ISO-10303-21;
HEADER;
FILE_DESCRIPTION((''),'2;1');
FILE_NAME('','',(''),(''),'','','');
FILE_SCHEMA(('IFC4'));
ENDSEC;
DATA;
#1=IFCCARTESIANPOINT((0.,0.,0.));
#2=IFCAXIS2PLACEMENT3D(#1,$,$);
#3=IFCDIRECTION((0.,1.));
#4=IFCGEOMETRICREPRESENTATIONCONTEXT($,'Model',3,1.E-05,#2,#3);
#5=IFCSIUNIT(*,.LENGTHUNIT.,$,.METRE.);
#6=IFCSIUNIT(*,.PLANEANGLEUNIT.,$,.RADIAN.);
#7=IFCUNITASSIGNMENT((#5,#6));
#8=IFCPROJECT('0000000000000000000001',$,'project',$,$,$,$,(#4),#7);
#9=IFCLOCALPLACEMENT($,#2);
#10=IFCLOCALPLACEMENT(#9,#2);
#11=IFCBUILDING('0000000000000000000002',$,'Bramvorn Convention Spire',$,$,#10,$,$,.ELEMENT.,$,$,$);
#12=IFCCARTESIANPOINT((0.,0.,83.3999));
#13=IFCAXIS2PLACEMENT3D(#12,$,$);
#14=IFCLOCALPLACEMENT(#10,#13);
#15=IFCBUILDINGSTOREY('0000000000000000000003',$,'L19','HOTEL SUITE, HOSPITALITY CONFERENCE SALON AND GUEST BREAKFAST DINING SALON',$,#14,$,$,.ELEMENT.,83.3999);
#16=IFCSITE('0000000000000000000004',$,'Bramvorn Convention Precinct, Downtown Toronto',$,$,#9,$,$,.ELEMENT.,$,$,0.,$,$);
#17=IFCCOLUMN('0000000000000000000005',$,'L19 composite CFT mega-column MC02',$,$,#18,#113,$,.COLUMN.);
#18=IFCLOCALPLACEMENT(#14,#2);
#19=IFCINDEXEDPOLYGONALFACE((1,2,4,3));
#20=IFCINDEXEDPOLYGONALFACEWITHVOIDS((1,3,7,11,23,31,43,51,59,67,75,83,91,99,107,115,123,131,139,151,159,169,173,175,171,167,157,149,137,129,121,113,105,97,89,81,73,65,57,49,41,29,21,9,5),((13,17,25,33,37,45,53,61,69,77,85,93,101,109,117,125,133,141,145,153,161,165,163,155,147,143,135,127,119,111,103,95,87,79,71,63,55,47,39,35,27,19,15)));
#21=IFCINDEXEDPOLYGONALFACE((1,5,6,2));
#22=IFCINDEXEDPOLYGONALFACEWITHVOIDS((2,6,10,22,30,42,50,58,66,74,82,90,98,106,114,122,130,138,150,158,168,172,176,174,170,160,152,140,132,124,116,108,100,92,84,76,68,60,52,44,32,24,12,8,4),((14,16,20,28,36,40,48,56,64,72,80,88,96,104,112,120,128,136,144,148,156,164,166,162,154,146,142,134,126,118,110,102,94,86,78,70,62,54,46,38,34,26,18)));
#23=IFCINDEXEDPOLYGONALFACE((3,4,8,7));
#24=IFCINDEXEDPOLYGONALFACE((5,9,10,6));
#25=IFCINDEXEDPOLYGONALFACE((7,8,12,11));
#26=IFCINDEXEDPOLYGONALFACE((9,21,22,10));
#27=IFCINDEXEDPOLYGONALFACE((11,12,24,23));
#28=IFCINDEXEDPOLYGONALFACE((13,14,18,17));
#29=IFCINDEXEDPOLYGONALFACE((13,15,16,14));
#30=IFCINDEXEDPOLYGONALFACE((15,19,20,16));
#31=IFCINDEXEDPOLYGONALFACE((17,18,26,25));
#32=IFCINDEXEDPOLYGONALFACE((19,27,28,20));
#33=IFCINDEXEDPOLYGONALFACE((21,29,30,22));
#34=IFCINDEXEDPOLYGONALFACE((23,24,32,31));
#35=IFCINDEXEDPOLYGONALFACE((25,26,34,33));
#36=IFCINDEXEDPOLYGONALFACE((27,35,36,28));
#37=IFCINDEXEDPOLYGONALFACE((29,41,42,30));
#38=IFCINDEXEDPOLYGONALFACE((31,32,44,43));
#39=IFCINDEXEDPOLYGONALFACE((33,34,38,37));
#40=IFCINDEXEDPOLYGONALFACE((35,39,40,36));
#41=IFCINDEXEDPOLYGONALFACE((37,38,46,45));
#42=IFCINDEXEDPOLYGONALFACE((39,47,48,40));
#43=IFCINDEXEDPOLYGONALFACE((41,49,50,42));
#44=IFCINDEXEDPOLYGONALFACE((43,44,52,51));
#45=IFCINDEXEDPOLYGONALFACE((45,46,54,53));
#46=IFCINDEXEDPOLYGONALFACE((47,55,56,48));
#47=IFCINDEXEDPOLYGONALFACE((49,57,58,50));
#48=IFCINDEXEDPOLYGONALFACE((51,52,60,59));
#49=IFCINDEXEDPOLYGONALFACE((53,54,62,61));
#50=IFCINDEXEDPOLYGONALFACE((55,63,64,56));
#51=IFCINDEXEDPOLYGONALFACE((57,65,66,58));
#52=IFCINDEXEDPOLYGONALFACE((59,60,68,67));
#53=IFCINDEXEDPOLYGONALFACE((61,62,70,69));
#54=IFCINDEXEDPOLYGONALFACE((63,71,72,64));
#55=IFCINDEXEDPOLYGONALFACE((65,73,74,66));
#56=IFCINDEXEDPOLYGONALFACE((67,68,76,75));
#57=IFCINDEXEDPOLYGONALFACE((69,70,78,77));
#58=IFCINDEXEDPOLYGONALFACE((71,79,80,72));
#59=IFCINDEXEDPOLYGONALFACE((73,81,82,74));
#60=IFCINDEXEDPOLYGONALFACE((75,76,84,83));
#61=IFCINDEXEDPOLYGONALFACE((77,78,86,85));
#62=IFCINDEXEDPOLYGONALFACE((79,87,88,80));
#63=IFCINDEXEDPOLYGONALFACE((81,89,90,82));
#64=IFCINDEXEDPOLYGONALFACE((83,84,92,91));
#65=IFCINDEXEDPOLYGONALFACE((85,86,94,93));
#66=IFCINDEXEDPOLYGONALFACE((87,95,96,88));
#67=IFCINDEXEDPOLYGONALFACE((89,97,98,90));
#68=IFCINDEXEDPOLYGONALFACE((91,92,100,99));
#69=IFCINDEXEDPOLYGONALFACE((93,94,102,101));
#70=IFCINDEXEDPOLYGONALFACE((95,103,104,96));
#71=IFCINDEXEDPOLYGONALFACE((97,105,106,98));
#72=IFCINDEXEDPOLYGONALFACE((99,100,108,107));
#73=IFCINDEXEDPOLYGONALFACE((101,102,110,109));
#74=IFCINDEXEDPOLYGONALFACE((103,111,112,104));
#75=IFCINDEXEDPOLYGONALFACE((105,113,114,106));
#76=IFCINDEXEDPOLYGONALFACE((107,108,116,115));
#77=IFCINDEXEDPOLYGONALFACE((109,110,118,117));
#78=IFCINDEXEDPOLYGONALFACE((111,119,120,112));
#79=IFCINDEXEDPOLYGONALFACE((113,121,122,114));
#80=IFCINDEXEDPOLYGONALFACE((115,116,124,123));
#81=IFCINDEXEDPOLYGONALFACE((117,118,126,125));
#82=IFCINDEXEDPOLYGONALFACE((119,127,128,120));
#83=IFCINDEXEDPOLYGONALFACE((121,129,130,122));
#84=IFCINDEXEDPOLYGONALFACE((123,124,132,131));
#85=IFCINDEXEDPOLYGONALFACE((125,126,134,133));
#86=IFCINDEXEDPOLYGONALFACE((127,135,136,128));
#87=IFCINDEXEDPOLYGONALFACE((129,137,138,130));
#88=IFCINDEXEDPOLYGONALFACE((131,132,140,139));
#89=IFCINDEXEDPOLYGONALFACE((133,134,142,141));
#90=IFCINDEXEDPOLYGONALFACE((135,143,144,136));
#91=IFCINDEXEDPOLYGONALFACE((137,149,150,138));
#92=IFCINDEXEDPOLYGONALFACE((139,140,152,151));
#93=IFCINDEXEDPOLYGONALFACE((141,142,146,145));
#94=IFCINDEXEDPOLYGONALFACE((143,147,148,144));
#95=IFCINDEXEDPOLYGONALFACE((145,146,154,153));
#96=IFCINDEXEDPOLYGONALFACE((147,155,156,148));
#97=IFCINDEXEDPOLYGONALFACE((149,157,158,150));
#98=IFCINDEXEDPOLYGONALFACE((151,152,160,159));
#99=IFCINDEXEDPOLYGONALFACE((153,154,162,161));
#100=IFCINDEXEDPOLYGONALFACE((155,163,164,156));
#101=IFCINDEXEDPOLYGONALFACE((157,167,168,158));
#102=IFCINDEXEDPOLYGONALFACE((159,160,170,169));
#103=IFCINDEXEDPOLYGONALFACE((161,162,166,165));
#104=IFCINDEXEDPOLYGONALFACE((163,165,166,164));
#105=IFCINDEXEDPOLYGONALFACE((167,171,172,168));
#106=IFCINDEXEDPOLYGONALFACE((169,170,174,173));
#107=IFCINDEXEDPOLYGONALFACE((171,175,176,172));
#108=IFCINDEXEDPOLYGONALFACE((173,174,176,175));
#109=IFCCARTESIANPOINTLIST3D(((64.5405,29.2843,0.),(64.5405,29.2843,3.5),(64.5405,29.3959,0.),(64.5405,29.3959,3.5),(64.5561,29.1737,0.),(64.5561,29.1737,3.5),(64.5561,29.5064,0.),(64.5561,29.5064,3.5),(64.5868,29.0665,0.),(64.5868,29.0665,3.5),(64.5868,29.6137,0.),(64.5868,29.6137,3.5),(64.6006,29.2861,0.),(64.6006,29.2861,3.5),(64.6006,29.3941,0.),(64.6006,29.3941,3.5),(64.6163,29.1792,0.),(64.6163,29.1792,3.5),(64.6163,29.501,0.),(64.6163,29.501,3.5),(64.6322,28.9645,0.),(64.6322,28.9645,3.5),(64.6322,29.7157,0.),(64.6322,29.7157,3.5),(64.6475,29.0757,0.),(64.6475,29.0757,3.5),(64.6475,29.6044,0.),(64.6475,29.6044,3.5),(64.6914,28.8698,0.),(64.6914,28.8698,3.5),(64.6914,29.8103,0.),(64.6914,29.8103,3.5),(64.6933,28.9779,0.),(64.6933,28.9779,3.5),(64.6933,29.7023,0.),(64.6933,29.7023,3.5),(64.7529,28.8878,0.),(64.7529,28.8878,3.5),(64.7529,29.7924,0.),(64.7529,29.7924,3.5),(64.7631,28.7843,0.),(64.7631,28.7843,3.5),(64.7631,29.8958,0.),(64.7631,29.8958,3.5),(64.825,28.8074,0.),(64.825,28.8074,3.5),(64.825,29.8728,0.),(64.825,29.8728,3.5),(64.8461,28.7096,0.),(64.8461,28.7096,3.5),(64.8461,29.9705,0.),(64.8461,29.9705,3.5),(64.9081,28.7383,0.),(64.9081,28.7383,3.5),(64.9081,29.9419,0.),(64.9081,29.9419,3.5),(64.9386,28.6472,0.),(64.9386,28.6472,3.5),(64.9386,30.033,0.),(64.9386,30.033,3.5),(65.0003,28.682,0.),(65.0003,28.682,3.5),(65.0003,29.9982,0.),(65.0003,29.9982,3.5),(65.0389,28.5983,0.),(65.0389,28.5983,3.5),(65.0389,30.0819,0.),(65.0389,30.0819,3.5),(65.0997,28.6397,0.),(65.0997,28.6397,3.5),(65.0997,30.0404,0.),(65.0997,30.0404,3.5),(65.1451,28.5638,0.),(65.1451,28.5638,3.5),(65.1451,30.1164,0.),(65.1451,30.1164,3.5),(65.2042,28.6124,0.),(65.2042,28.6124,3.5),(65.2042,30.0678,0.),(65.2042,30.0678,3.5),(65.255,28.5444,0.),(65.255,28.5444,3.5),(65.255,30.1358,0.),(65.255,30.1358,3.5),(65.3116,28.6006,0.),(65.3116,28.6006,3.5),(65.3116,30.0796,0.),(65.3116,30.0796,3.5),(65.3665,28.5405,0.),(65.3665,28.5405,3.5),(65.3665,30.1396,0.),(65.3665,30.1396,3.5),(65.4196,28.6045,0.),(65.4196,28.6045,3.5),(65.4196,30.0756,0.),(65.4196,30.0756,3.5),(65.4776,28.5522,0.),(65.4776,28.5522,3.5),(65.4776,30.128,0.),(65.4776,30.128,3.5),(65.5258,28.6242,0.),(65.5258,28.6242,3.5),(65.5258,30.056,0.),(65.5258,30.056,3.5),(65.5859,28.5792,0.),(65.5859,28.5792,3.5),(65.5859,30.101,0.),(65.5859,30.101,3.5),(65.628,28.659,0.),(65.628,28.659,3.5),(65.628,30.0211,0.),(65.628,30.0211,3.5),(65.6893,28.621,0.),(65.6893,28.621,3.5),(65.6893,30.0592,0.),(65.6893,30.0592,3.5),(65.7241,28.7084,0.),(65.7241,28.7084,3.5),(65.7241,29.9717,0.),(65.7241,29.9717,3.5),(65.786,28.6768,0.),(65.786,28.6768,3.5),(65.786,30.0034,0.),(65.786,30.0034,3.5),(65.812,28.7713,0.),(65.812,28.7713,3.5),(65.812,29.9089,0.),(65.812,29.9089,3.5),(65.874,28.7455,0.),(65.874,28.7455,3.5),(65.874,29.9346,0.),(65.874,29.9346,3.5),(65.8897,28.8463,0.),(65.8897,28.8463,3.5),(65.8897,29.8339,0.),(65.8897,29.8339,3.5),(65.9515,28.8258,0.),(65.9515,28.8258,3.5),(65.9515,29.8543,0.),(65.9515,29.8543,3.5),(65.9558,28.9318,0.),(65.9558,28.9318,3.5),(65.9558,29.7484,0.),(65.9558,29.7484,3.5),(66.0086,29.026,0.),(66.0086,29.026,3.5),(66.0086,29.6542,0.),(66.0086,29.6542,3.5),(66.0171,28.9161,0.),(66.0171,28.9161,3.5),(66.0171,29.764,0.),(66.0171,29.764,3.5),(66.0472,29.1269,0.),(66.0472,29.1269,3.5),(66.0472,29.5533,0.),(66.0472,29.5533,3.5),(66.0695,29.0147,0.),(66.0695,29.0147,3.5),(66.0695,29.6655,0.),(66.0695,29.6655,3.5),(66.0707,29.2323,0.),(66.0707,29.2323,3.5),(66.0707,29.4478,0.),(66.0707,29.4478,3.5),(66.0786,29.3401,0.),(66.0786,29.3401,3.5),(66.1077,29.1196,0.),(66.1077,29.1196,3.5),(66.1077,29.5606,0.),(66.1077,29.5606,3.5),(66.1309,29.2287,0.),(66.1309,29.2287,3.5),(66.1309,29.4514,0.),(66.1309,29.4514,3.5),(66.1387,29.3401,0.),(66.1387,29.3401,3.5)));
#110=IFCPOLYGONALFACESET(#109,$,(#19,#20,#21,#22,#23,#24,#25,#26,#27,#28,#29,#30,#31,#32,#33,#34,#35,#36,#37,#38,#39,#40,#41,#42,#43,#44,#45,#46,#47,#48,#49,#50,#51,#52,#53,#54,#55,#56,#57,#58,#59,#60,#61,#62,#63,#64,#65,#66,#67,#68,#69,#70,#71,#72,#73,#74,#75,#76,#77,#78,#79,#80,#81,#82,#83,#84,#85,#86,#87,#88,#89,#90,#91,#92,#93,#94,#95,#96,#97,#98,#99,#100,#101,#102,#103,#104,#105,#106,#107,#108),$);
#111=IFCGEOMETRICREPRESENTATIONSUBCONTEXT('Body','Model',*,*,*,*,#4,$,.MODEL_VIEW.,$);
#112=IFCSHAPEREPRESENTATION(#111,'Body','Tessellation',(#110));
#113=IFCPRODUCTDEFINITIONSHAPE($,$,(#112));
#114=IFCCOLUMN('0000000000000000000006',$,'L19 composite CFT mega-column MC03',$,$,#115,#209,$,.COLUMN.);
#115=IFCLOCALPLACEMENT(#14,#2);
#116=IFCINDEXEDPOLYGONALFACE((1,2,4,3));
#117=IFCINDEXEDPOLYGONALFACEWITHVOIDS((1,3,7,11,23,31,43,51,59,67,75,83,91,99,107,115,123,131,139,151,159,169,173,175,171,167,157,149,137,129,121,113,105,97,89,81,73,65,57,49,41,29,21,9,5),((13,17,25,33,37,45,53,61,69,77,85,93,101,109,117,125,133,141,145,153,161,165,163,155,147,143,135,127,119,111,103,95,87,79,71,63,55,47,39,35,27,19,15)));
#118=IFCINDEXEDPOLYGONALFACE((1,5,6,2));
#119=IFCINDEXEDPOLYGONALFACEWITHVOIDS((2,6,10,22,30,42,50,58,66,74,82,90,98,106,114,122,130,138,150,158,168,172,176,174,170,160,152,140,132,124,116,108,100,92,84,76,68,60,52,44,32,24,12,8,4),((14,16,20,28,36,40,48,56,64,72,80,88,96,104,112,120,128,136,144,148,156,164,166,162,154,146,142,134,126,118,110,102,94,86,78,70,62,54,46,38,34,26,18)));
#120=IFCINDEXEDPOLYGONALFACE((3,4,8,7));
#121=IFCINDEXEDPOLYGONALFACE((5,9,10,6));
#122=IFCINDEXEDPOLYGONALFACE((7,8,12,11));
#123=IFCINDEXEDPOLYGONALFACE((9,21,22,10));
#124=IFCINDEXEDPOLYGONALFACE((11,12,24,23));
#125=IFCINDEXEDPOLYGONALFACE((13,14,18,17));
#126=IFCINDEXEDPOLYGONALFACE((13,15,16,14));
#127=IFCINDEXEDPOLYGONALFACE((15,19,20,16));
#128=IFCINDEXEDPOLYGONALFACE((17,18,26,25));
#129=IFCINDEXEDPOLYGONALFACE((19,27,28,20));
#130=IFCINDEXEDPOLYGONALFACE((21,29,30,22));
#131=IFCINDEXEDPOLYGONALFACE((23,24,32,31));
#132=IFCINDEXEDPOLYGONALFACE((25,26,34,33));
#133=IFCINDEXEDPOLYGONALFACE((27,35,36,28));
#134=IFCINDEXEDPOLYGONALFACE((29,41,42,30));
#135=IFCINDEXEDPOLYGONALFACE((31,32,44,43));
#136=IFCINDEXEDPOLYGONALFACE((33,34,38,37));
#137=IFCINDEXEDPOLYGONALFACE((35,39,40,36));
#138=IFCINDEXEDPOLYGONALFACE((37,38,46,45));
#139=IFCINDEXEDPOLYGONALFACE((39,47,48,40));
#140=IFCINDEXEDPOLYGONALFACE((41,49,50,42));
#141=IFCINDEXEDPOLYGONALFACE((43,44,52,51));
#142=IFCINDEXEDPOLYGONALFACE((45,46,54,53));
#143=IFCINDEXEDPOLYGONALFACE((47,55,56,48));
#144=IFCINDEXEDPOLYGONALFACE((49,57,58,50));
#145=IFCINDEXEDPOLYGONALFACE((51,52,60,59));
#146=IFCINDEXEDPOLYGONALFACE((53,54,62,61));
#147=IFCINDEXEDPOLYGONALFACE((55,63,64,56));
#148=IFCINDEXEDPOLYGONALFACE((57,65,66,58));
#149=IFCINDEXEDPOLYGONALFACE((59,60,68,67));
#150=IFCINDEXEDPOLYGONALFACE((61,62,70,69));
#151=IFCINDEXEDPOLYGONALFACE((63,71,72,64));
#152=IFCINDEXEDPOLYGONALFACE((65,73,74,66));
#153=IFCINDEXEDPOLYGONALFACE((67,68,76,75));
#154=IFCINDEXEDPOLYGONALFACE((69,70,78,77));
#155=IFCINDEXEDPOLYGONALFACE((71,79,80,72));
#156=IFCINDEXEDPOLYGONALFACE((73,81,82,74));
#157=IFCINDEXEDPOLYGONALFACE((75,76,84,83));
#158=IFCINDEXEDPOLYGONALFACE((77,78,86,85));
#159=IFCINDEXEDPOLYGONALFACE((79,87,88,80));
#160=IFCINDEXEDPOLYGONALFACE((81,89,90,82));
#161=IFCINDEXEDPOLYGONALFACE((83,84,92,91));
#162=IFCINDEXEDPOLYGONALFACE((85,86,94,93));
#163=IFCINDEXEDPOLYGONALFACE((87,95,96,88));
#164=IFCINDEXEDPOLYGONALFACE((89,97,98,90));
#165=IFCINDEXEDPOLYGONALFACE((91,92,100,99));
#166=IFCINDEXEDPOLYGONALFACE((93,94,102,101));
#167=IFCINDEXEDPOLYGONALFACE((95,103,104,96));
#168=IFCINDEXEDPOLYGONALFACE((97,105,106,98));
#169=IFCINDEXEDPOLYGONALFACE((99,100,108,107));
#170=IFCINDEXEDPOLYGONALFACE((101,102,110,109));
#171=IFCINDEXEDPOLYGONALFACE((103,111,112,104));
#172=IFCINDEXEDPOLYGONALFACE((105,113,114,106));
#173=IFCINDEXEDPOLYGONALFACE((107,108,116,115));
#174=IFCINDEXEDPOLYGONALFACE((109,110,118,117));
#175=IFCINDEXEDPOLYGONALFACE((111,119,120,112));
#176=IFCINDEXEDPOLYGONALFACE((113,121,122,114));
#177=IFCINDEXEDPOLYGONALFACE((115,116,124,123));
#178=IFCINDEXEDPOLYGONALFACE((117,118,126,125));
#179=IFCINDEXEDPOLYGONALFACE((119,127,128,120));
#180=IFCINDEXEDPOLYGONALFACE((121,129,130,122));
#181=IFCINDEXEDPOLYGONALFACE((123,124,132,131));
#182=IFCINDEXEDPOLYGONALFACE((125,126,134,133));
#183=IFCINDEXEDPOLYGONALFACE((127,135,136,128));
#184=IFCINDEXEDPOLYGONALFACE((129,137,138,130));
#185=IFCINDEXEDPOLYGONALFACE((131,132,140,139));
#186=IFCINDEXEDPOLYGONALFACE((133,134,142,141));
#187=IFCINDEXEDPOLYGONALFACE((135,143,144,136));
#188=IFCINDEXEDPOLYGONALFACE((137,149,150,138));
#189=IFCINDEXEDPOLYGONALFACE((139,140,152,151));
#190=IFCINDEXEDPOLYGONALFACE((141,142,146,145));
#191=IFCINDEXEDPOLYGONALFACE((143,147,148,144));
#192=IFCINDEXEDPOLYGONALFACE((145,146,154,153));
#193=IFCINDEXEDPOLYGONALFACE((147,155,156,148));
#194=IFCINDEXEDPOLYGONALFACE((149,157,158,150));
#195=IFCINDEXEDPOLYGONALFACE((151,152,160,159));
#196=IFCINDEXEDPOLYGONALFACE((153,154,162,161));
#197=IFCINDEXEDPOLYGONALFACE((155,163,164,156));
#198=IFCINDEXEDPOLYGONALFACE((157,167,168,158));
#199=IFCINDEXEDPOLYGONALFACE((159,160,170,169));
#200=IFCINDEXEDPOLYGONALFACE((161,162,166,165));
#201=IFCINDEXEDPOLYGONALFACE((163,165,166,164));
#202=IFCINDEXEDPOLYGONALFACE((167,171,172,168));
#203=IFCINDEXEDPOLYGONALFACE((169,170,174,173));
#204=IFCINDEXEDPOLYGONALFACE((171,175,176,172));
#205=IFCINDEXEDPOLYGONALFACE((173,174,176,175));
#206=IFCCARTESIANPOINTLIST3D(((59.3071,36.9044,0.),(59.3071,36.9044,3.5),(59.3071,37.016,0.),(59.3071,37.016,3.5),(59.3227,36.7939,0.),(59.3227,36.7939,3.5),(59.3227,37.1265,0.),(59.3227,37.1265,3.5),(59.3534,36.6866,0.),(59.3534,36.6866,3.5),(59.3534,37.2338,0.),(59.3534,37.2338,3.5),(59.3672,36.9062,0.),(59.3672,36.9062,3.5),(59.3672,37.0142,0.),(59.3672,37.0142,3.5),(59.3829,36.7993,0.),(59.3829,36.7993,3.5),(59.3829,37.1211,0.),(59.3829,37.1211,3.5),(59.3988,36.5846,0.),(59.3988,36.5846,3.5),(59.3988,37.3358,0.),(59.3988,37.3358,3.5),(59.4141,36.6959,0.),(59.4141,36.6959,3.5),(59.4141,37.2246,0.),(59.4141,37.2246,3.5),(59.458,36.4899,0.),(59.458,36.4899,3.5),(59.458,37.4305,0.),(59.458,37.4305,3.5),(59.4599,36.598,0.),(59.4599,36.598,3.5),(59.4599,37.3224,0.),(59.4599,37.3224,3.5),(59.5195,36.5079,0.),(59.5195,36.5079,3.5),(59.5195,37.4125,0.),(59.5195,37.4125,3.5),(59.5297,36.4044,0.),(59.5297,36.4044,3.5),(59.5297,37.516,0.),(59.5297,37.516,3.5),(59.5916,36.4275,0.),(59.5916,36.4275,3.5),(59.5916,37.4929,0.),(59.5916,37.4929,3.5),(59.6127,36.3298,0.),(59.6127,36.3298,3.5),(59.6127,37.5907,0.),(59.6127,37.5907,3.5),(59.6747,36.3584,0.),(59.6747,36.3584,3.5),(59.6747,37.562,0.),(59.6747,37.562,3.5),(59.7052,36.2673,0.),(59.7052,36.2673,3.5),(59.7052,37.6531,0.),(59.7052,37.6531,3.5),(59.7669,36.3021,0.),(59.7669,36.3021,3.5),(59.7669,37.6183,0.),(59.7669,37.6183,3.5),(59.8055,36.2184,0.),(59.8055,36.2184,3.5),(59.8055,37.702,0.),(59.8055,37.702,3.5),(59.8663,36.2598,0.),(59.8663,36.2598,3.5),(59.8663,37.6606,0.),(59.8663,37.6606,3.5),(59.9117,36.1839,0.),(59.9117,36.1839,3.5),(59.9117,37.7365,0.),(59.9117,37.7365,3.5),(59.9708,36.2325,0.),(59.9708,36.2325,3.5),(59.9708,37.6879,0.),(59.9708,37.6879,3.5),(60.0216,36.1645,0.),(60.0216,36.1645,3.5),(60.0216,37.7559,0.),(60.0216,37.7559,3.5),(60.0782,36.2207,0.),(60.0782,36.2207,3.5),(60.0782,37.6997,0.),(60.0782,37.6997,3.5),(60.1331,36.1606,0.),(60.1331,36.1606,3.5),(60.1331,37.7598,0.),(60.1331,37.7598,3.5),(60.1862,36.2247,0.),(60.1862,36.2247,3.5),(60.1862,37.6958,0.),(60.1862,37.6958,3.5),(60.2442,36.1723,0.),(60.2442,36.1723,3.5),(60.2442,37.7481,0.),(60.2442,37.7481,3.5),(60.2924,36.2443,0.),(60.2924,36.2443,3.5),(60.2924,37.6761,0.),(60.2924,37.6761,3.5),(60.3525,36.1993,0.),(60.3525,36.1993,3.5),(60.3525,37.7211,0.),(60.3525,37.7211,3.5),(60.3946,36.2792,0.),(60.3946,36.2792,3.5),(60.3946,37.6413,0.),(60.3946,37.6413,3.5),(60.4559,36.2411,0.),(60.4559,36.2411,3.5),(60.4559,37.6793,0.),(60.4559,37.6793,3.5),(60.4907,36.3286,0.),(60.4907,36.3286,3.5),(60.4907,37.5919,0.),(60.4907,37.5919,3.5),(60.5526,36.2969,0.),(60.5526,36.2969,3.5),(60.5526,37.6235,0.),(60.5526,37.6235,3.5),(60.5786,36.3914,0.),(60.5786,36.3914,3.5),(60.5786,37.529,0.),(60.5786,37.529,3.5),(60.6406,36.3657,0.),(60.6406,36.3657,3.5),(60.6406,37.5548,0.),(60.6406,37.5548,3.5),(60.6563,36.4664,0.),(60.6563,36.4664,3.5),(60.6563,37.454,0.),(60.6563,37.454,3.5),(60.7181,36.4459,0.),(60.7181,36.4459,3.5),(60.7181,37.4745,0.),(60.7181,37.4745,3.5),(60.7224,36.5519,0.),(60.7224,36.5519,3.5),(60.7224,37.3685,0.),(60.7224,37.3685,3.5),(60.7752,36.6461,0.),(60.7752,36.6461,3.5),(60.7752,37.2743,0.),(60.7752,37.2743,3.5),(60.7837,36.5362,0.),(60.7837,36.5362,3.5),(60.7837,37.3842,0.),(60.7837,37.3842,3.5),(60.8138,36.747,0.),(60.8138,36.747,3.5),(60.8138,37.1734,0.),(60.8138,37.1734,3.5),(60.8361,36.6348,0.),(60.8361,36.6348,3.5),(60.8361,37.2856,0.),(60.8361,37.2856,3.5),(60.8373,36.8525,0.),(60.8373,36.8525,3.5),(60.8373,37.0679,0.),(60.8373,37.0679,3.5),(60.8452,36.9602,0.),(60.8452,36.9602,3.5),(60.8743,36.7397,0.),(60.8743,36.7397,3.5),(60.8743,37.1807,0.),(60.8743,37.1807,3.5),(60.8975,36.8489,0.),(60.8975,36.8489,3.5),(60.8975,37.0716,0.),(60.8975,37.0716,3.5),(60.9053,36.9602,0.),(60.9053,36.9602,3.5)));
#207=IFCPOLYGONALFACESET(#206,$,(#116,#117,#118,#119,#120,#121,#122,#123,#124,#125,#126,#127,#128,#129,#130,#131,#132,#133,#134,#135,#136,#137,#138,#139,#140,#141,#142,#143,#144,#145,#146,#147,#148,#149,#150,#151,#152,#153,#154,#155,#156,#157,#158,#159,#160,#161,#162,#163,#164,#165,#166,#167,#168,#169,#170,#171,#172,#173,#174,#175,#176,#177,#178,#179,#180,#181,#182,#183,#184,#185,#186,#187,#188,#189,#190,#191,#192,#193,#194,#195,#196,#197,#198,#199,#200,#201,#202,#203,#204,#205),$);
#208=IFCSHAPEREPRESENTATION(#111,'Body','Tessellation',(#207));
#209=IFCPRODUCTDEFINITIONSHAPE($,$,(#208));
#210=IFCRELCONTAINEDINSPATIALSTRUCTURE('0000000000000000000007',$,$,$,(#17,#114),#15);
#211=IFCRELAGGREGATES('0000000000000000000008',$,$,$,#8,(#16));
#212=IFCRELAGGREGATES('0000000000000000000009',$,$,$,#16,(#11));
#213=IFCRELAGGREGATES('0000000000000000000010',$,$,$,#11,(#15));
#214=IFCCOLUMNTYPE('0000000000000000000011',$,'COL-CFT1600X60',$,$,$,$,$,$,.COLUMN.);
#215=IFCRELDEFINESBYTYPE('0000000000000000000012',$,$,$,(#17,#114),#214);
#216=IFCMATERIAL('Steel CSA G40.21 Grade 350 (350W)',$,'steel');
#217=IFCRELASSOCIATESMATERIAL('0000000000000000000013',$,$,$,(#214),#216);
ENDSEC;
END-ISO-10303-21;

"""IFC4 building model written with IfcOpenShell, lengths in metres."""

from ifc_helpers import new_model, si_unit, direction, frame, origin, origin_2d, place, context, subcontext, project, spatial, hollow_circle, extrude, material, material_profile, profile_set, type_object, element, save


model = new_model("IFC4")

# Units and contexts
model_context = context("Model", 3, precision=1e-05, world=origin(), true_north=direction((0.0, 1.0)))
body_context = subcontext(model_context, "Body", "Model", "MODEL_VIEW")
ifc_project = project(units=[si_unit("LENGTHUNIT", "METRE"), si_unit("PLANEANGLEUNIT", "RADIAN")], contexts=[model_context])

# Site, building, storey
site_placement = place(None, origin())
site = spatial("IfcSite", under=ifc_project, at=site_placement, Name="Bramvorn Convention Precinct, Downtown Toronto", CompositionType="ELEMENT", RefElevation=0.0)
building_placement = place(site_placement, origin())
building = spatial("IfcBuilding", under=site, at=building_placement, Name="Bramvorn Convention Spire", CompositionType="ELEMENT")
storey_placement = place(building_placement, frame((0.0, 0.0, 83.3999)))
storey = spatial("IfcBuildingStorey", under=building, at=storey_placement, Name="L19", Description="HOTEL SUITE, HOSPITALITY CONFERENCE SALON AND GUEST BREAKFAST DINING SALON", CompositionType="ELEMENT", Elevation=83.3999)

# Columns
ifc_material_1 = material(Name="Steel CSA G40.21 Grade 350 (350W)", Category="steel")
ifc_material_profile_1 = material_profile(ifc_material_1, hollow_circle(Radius=0.8, WallThickness=0.0601, at=origin_2d()))
ifc_profile_set_1 = profile_set([ifc_material_profile_1], Name="Steel CSA G40.21 Grade 350 (350W) - CFT1600X60")
column_type = type_object("IfcColumnType", Name="COL-CFT1600X60", PredefinedType="COLUMN", material=ifc_profile_set_1)
for number, where, z_axis, x_axis, name in (
    (1, (65.3386, 29.3401, 0.0), (0.0, 0.0, 1.0), (1.0, 0.0, 0.0), "L19 composite CFT mega-column MC02"),
    (2, (60.1052, 36.9602, 0.0), (0.0, 0.0, 1.0), (1.0, 0.0, 0.0), "L19 composite CFT mega-column MC03"),
):
    element("IfcColumn", number, at=place(storey_placement, frame(where, z_axis=z_axis, x_axis=x_axis)), inside=storey, type_object=column_type, Name=name, PredefinedType="COLUMN", context=body_context, shape_type="SweptSolid", body=[
        extrude(hollow_circle(Radius=0.8, WallThickness=0.0601, at=origin_2d()), origin(), (0.0, 0.0, 1.0), 3.5),
    ])

save(model, "model.ifc")
